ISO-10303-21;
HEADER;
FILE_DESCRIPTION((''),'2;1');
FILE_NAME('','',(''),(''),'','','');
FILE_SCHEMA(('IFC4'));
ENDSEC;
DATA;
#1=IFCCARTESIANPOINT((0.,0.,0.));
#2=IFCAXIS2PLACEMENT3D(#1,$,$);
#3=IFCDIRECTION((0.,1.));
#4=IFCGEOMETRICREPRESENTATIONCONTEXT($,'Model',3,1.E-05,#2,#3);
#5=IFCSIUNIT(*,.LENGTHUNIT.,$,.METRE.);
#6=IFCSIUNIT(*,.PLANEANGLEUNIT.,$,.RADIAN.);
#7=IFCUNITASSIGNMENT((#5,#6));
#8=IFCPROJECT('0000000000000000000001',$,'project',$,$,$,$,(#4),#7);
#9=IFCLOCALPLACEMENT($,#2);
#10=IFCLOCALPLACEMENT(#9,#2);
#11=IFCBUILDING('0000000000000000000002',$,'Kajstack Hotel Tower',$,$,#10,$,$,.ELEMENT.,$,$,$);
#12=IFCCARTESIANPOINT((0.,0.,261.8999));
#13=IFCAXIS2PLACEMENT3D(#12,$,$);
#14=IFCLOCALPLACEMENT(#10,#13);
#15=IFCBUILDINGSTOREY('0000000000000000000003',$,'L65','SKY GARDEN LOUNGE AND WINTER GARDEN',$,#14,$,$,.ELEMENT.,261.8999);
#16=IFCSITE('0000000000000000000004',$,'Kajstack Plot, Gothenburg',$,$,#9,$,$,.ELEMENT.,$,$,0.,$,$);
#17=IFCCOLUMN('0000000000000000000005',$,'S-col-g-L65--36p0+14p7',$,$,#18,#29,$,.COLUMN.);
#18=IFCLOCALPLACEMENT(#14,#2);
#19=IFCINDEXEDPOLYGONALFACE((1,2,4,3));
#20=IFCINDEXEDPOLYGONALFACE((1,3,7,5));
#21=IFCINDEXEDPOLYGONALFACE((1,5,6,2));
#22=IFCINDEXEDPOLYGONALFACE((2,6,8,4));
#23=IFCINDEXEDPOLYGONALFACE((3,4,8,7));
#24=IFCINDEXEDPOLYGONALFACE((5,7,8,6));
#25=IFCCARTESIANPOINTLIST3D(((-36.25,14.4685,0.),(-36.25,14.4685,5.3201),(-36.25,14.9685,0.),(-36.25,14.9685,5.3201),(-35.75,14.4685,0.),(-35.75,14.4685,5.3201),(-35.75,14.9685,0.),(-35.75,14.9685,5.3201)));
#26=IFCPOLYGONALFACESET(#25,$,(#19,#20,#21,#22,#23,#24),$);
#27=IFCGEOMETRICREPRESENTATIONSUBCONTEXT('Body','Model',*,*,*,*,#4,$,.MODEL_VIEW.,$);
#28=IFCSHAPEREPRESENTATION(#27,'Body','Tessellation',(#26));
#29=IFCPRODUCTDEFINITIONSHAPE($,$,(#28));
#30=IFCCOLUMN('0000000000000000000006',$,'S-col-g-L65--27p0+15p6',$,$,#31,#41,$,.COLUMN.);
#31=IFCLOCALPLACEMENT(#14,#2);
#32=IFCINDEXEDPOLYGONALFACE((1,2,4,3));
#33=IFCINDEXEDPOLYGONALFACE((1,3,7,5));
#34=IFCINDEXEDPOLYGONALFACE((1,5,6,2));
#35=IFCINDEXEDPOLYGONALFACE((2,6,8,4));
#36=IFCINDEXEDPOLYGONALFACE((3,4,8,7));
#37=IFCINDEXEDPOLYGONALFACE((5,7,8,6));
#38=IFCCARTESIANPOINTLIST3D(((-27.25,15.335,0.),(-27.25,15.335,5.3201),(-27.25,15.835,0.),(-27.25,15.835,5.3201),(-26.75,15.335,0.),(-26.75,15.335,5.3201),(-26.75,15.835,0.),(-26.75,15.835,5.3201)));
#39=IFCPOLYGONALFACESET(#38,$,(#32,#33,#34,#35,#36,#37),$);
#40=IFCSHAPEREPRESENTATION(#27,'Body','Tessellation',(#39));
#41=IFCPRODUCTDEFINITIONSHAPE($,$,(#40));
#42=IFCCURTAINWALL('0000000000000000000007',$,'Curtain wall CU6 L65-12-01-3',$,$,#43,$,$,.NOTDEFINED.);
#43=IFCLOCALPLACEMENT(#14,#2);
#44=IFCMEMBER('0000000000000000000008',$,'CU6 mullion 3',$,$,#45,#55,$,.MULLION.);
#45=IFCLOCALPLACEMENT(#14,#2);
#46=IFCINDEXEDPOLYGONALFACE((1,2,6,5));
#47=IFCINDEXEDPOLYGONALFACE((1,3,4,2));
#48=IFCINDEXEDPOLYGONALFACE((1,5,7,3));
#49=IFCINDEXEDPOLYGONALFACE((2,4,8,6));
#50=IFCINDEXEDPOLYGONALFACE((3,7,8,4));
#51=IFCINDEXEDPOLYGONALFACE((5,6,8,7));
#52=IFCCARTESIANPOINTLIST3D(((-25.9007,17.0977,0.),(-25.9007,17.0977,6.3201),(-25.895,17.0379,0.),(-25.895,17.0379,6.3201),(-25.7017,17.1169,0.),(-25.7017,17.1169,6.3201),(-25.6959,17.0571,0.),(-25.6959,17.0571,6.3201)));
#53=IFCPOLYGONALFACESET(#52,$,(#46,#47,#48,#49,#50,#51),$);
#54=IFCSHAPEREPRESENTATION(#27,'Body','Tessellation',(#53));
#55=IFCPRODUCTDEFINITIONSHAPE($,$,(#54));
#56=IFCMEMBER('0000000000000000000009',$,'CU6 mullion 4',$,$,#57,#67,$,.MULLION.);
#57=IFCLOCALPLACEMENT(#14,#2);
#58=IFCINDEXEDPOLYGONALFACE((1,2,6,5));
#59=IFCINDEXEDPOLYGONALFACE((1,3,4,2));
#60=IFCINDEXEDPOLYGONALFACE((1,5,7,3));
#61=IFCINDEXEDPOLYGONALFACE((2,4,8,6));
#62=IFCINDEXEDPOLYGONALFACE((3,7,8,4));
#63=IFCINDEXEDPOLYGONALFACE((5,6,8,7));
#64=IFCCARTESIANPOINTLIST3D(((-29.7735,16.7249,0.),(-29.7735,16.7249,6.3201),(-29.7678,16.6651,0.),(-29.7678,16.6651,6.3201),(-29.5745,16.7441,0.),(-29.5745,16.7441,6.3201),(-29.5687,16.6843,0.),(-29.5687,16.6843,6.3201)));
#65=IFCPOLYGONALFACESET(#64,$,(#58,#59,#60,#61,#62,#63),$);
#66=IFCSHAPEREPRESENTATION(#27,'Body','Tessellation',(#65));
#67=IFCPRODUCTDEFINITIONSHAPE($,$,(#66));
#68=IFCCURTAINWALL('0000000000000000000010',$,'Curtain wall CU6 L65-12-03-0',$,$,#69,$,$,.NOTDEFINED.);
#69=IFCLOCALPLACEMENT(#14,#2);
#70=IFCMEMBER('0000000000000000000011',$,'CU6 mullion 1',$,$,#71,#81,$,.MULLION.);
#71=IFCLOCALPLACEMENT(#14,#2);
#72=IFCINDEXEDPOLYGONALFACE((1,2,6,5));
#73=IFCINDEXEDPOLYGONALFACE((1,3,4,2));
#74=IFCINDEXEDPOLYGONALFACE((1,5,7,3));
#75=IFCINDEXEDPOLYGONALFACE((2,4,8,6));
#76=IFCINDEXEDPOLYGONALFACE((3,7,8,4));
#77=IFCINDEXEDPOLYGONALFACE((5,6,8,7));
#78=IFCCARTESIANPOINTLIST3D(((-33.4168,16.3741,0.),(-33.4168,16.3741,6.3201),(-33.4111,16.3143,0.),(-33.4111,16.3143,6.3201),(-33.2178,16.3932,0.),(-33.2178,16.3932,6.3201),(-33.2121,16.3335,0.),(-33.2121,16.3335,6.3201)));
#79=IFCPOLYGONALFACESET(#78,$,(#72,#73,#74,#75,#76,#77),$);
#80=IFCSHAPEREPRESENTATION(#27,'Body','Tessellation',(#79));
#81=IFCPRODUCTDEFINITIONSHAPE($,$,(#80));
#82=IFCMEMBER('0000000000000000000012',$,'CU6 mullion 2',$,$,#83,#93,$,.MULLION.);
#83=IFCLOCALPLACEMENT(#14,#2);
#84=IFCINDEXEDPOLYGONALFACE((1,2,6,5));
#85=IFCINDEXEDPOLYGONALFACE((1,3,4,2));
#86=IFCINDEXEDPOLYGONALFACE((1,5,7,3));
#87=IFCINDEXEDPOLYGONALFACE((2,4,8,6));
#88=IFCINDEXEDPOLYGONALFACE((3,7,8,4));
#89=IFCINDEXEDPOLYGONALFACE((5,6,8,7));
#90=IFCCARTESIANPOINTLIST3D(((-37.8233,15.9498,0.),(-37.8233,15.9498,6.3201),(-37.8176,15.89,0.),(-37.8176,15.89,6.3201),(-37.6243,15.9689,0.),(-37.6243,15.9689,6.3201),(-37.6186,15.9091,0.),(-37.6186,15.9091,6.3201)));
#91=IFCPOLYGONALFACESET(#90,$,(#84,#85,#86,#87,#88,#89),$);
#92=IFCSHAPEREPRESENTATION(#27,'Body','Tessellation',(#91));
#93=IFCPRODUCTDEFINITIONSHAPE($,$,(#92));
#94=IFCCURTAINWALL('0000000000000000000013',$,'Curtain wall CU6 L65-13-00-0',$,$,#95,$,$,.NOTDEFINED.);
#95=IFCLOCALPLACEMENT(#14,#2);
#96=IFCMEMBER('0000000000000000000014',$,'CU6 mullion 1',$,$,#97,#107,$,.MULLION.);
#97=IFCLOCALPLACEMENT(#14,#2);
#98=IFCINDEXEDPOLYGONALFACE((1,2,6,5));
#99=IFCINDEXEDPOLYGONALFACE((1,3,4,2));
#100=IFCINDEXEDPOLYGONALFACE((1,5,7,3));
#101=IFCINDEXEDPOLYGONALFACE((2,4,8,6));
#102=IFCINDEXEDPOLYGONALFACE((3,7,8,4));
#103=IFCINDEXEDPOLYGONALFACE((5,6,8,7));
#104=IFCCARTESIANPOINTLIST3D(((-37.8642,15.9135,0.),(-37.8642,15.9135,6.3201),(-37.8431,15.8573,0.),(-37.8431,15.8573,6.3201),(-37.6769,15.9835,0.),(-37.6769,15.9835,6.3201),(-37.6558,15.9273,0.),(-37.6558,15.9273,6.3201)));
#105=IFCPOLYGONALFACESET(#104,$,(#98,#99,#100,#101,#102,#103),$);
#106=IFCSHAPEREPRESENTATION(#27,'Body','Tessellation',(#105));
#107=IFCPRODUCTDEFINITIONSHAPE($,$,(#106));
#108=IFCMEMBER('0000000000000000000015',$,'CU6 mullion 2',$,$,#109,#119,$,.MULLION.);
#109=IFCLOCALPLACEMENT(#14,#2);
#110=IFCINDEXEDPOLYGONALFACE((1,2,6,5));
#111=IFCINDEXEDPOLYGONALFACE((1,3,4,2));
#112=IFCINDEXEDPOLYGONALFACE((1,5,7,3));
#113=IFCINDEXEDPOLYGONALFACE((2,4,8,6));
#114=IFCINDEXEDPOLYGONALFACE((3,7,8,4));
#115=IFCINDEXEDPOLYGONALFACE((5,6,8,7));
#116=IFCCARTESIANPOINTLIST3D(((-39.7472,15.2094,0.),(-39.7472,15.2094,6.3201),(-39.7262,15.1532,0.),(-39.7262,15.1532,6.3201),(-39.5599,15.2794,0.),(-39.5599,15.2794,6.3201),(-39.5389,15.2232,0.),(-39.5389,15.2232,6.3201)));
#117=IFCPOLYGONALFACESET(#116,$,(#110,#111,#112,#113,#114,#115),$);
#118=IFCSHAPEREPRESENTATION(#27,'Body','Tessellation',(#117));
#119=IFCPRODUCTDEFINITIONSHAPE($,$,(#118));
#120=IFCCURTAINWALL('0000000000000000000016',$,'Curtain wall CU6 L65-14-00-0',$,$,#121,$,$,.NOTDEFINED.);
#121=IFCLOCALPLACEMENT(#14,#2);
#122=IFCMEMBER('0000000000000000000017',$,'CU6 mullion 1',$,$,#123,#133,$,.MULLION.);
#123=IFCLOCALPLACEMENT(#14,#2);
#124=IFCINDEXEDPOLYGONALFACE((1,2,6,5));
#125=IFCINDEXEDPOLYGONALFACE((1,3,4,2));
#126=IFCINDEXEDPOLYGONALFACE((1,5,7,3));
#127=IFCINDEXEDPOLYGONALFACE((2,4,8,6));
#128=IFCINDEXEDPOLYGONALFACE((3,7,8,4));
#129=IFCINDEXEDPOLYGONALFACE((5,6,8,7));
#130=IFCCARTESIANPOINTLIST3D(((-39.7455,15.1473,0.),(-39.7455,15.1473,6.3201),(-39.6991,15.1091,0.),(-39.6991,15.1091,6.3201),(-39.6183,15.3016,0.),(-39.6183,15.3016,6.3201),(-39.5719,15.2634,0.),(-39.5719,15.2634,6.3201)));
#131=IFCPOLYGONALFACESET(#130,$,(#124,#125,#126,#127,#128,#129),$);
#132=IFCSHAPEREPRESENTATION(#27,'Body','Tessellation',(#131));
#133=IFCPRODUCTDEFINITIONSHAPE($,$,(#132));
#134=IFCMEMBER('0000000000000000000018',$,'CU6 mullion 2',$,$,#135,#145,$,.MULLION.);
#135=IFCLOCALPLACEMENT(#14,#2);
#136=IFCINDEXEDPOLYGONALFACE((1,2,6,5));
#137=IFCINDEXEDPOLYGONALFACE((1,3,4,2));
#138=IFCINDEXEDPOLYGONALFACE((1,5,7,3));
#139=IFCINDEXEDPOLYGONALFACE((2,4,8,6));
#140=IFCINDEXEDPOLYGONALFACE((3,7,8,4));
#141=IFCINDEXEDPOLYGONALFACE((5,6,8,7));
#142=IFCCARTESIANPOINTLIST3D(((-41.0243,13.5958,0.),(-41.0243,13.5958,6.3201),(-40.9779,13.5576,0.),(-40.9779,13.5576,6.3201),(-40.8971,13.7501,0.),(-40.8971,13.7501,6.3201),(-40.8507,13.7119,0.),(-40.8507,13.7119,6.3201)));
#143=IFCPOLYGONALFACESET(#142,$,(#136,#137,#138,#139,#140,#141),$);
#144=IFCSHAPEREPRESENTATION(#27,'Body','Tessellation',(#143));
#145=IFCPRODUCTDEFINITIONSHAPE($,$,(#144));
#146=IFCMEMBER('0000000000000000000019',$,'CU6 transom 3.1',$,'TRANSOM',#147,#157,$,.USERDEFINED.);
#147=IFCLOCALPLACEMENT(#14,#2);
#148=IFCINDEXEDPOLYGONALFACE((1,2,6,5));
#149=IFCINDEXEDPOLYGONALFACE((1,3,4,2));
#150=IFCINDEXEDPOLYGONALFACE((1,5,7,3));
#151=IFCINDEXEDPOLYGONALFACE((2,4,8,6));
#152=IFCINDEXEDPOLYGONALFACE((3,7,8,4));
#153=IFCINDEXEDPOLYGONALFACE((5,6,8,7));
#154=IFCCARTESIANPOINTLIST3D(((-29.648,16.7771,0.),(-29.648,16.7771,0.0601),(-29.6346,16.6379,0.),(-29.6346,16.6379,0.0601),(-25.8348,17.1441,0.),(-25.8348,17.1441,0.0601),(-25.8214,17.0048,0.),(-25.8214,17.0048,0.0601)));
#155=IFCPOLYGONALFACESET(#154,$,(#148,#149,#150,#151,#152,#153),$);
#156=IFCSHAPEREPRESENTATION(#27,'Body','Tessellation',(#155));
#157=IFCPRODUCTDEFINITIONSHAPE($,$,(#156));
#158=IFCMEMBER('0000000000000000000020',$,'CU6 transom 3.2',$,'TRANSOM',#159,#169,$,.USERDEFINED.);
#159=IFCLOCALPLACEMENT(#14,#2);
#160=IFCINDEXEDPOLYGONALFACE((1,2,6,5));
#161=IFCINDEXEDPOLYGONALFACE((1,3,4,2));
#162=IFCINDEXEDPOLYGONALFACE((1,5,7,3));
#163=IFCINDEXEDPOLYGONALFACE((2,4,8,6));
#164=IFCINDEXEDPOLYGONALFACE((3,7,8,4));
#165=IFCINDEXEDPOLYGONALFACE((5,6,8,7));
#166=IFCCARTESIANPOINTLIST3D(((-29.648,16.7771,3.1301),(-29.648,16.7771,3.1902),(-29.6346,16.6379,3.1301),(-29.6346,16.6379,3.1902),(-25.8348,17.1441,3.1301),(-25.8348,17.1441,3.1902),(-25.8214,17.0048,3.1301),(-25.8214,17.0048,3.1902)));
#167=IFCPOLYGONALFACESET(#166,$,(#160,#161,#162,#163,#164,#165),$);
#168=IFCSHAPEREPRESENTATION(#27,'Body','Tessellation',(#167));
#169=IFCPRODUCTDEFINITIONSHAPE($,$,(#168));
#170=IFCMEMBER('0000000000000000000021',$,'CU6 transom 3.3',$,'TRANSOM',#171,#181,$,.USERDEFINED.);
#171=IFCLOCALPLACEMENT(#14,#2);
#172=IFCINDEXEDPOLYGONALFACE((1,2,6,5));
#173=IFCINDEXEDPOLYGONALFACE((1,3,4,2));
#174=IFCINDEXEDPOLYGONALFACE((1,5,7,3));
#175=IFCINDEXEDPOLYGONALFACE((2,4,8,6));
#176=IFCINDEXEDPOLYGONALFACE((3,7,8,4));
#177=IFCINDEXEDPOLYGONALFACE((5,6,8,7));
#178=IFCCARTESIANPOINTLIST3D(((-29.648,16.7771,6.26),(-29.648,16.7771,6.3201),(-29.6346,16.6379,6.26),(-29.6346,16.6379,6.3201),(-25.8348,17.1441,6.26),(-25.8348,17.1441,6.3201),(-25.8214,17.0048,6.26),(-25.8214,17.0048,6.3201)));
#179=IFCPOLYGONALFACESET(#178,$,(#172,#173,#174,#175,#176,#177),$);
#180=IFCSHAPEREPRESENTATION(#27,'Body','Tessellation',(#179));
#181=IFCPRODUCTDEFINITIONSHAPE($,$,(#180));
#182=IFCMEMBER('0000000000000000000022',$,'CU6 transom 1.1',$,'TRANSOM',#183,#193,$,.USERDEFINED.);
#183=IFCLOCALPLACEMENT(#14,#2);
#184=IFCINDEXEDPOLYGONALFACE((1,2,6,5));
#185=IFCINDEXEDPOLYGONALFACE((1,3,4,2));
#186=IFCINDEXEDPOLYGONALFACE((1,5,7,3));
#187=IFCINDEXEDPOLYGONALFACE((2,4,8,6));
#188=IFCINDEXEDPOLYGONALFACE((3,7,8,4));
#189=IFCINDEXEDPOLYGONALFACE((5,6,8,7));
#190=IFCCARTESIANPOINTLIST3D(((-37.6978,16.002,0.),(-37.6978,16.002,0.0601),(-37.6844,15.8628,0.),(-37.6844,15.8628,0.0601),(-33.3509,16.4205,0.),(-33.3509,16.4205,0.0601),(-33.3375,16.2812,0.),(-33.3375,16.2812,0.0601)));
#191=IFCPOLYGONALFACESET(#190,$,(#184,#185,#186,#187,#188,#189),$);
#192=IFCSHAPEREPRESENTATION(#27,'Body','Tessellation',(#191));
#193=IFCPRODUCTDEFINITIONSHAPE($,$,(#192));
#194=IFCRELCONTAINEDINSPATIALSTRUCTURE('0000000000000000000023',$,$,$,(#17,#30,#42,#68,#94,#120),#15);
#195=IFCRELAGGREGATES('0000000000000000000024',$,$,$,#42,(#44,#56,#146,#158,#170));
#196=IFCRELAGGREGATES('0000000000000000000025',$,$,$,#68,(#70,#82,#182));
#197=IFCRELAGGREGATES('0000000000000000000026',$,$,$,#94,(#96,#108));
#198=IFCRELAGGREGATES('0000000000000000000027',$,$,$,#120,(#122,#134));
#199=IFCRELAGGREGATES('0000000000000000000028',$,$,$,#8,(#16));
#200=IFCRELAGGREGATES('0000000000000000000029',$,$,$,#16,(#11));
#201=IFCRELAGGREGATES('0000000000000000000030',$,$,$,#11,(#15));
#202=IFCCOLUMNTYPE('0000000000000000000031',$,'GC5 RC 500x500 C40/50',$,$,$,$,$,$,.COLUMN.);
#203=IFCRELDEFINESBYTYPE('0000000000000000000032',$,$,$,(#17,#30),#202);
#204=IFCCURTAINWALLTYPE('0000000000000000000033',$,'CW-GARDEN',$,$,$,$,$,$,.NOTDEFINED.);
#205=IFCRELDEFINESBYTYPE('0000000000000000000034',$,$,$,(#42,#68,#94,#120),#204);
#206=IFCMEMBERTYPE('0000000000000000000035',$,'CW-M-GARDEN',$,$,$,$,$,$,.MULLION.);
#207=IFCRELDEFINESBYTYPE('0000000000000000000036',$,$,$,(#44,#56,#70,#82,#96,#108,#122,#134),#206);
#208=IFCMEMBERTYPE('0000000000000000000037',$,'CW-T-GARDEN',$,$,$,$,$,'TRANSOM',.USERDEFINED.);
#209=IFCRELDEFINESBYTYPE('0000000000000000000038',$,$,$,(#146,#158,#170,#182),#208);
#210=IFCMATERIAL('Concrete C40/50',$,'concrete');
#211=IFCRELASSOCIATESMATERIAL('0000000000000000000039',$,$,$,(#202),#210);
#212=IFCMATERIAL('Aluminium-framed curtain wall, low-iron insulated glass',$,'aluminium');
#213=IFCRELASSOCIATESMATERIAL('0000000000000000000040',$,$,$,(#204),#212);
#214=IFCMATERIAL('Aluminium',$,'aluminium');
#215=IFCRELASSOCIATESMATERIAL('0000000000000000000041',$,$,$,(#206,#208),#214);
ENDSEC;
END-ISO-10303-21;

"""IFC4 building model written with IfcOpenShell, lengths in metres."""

from ifc_helpers import new_model, si_unit, direction, frame, origin, origin_2d, place, context, subcontext, project, spatial, rectangle, extrude, material, material_profile, profile_set, type_object, element, aggregate, save


model = new_model("IFC4")

# Units and contexts
model_context = context("Model", 3, precision=1e-05, world=origin(), true_north=direction((0.0, 1.0)))
body_context = subcontext(model_context, "Body", "Model", "MODEL_VIEW")
ifc_project = project(units=[si_unit("LENGTHUNIT", "METRE"), si_unit("PLANEANGLEUNIT", "RADIAN")], contexts=[model_context])

# Site, building, storey
site_placement = place(None, origin())
site = spatial("IfcSite", under=ifc_project, at=site_placement, Name="Kajstack Plot, Gothenburg", CompositionType="ELEMENT", RefElevation=0.0)
building_placement = place(site_placement, origin())
building = spatial("IfcBuilding", under=site, at=building_placement, Name="Kajstack Hotel Tower", CompositionType="ELEMENT")
storey_placement = place(building_placement, frame((0.0, 0.0, 261.8999)))
storey = spatial("IfcBuildingStorey", under=building, at=storey_placement, Name="L65", Description="SKY GARDEN LOUNGE AND WINTER GARDEN", CompositionType="ELEMENT", Elevation=261.8999)

# Columns
ifc_material_1 = material(Name="Concrete C40/50", Category="concrete")
ifc_material_profile_1 = material_profile(ifc_material_1, rectangle(XDim=0.5, YDim=0.5, at=origin_2d()), Name="RC 500x500")
ifc_profile_set_1 = profile_set([ifc_material_profile_1], Name="Concrete C40/50")
column_type = type_object("IfcColumnType", Name="GC5 RC 500x500 C40/50", PredefinedType="COLUMN", material=ifc_profile_set_1)
for number, where, z_axis, x_axis, name in (
    (1, (-36.0, 14.7185, 0.0), (0.0, 0.0, 1.0), (1.0, 0.0, 0.0), "S-col-g-L65--36p0+14p7"),
    (2, (-27.0, 15.585, 0.0), (0.0, 0.0, 1.0), (1.0, 0.0, 0.0), "S-col-g-L65--27p0+15p6"),
):
    element("IfcColumn", number, at=place(storey_placement, frame(where, z_axis=z_axis, x_axis=x_axis)), inside=storey, type_object=column_type, Name=name, PredefinedType="COLUMN", context=body_context, shape_type="SweptSolid", body=[
        extrude(rectangle(XDim=0.5, YDim=0.5, at=origin_2d()), origin(), (0.0, 0.0, 1.0), 5.3201),
    ])

# Curtain walls, members
ifc_material_2 = material(Name="Aluminium-framed curtain wall, low-iron insulated glass", Category="aluminium")
curtain_wall_type = type_object("IfcCurtainWallType", Name="CW-GARDEN", PredefinedType="NOTDEFINED", material=ifc_material_2)
curtain_wall_1_placement = place(storey_placement, origin())
curtain_wall_1 = element("IfcCurtainWall", 3, at=curtain_wall_1_placement, inside=storey, type_object=curtain_wall_type, Name="Curtain wall CU6 L65-12-01-3", PredefinedType="NOTDEFINED")
ifc_material_3 = material(Name="Aluminium", Category="aluminium")
ifc_material_profile_2 = material_profile(ifc_material_3, rectangle(XDim=0.0601, YDim=0.2, at=origin_2d()), Name="Aluminium mullion 60 x 200")
ifc_profile_set_2 = profile_set([ifc_material_profile_2], Name="Aluminium")
member_type_1 = type_object("IfcMemberType", Name="CW-M-GARDEN", PredefinedType="MULLION", material=ifc_profile_set_2)
member_1_placement = place(storey_placement, frame((-25.7983, 17.0774, 0.0), z_axis=(0.0, 0.0, 1.0), x_axis=(0.095846, -0.995396, 0.0)))
member_1 = element("IfcMember", 4, at=member_1_placement, type_object=member_type_1, Name="CU6 mullion 3", PredefinedType="MULLION", context=body_context, shape_type="SweptSolid", body=[
    extrude(rectangle(XDim=0.0601, YDim=0.2, at=origin_2d()), origin(), (0.0, 0.0, 1.0), 6.3201),
])
member_2_placement = place(storey_placement, frame((-29.6711, 16.7046, 0.0), z_axis=(0.0, 0.0, 1.0), x_axis=(0.095846, -0.995396, 0.0)))
member_2 = element("IfcMember", 5, at=member_2_placement, type_object=member_type_1, Name="CU6 mullion 4", PredefinedType="MULLION", context=body_context, shape_type="SweptSolid", body=[
    extrude(rectangle(XDim=0.0601, YDim=0.2, at=origin_2d()), origin(), (0.0, 0.0, 1.0), 6.3201),
])
curtain_wall_2_placement = place(storey_placement, origin())
curtain_wall_2 = element("IfcCurtainWall", 6, at=curtain_wall_2_placement, inside=storey, type_object=curtain_wall_type, Name="Curtain wall CU6 L65-12-03-0", PredefinedType="NOTDEFINED")
member_3_placement = place(storey_placement, frame((-33.3145, 16.3538, 0.0), z_axis=(0.0, 0.0, 1.0), x_axis=(0.095846, -0.995396, 0.0)))
member_3 = element("IfcMember", 7, at=member_3_placement, type_object=member_type_1, Name="CU6 mullion 1", PredefinedType="MULLION", context=body_context, shape_type="SweptSolid", body=[
    extrude(rectangle(XDim=0.0601, YDim=0.2, at=origin_2d()), origin(), (0.0, 0.0, 1.0), 6.3201),
])
member_4_placement = place(storey_placement, frame((-37.7209, 15.9294, 0.0), z_axis=(0.0, 0.0, 1.0), x_axis=(0.095846, -0.995396, 0.0)))
member_4 = element("IfcMember", 8, at=member_4_placement, type_object=member_type_1, Name="CU6 mullion 2", PredefinedType="MULLION", context=body_context, shape_type="SweptSolid", body=[
    extrude(rectangle(XDim=0.0601, YDim=0.2, at=origin_2d()), origin(), (0.0, 0.0, 1.0), 6.3201),
])
curtain_wall_3_placement = place(storey_placement, origin())
curtain_wall_3 = element("IfcCurtainWall", 9, at=curtain_wall_3_placement, inside=storey, type_object=curtain_wall_type, Name="Curtain wall CU6 L65-13-00-0", PredefinedType="NOTDEFINED")
member_5_placement = place(storey_placement, frame((-37.76, 15.9204, 0.0), z_axis=(0.0, 0.0, 1.0), x_axis=(0.350202, -0.936674, 0.0)))
member_5 = element("IfcMember", 10, at=member_5_placement, type_object=member_type_1, Name="CU6 mullion 1", PredefinedType="MULLION", context=body_context, shape_type="SweptSolid", body=[
    extrude(rectangle(XDim=0.0601, YDim=0.2, at=origin_2d()), origin(), (0.0, 0.0, 1.0), 6.3201),
])
member_6_placement = place(storey_placement, frame((-39.6431, 15.2163, 0.0), z_axis=(0.0, 0.0, 1.0), x_axis=(0.350202, -0.936674, 0.0)))
member_6 = element("IfcMember", 11, at=member_6_placement, type_object=member_type_1, Name="CU6 mullion 2", PredefinedType="MULLION", context=body_context, shape_type="SweptSolid", body=[
    extrude(rectangle(XDim=0.0601, YDim=0.2, at=origin_2d()), origin(), (0.0, 0.0, 1.0), 6.3201),
])
curtain_wall_4_placement = place(storey_placement, origin())
curtain_wall_4 = element("IfcCurtainWall", 12, at=curtain_wall_4_placement, inside=storey, type_object=curtain_wall_type, Name="Curtain wall CU6 L65-14-00-0", PredefinedType="NOTDEFINED")
member_7_placement = place(storey_placement, frame((-39.6587, 15.2053, 0.0), z_axis=(0.0, 0.0, 1.0), x_axis=(0.771635, -0.636066, 0.0)))
member_7 = element("IfcMember", 13, at=member_7_placement, type_object=member_type_1, Name="CU6 mullion 1", PredefinedType="MULLION", context=body_context, shape_type="SweptSolid", body=[
    extrude(rectangle(XDim=0.0601, YDim=0.2, at=origin_2d()), origin(), (0.0, 0.0, 1.0), 6.3201),
])
member_8_placement = place(storey_placement, frame((-40.9375, 13.6538, 0.0), z_axis=(0.0, 0.0, 1.0), x_axis=(0.771635, -0.636066, 0.0)))
member_8 = element("IfcMember", 14, at=member_8_placement, type_object=member_type_1, Name="CU6 mullion 2", PredefinedType="MULLION", context=body_context, shape_type="SweptSolid", body=[
    extrude(rectangle(XDim=0.0601, YDim=0.2, at=origin_2d()), origin(), (0.0, 0.0, 1.0), 6.3201),
])

# Members
ifc_material_profile_3 = material_profile(ifc_material_3, rectangle(XDim=0.1399, YDim=0.0601, at=origin_2d()), Name="Aluminium transom 140 x 60")
ifc_profile_set_3 = profile_set([ifc_material_profile_3], Name="Aluminium")
member_type_2 = type_object("IfcMemberType", Name="CW-T-GARDEN", ElementType="TRANSOM", PredefinedType="USERDEFINED", material=ifc_profile_set_3)
member_9_placement = place(storey_placement, frame((-25.8281, 17.0745, 0.03), z_axis=(-0.995402, -0.095786, 0.0), x_axis=(0.095786, -0.995402, 0.0)))
member_9 = element("IfcMember", 15, at=member_9_placement, type_object=member_type_2, Name="CU6 transom 3.1", ObjectType="TRANSOM", PredefinedType="USERDEFINED", context=body_context, shape_type="SweptSolid", body=[
    extrude(rectangle(XDim=0.1399, YDim=0.0601, at=origin_2d()), origin(), (0.0, 0.0, 1.0), 3.8308),
])
member_10_placement = place(storey_placement, frame((-25.8281, 17.0745, 3.1602), z_axis=(-0.995402, -0.095786, 0.0), x_axis=(0.095786, -0.995402, 0.0)))
member_10 = element("IfcMember", 16, at=member_10_placement, type_object=member_type_2, Name="CU6 transom 3.2", ObjectType="TRANSOM", PredefinedType="USERDEFINED", context=body_context, shape_type="SweptSolid", body=[
    extrude(rectangle(XDim=0.1399, YDim=0.0601, at=origin_2d()), origin(), (0.0, 0.0, 1.0), 3.8308),
])
member_11_placement = place(storey_placement, frame((-25.8281, 17.0745, 6.29), z_axis=(-0.995402, -0.095786, 0.0), x_axis=(0.095786, -0.995402, 0.0)))
member_11 = element("IfcMember", 17, at=member_11_placement, type_object=member_type_2, Name="CU6 transom 3.3", ObjectType="TRANSOM", PredefinedType="USERDEFINED", context=body_context, shape_type="SweptSolid", body=[
    extrude(rectangle(XDim=0.1399, YDim=0.0601, at=origin_2d()), origin(), (0.0, 0.0, 1.0), 3.8308),
])
member_12_placement = place(storey_placement, frame((-33.3442, 16.3508, 0.03), z_axis=(-0.995398, -0.095822, 0.0), x_axis=(0.095822, -0.995398, 0.0)))
member_12 = element("IfcMember", 18, at=member_12_placement, type_object=member_type_2, Name="CU6 transom 1.1", ObjectType="TRANSOM", PredefinedType="USERDEFINED", context=body_context, shape_type="SweptSolid", body=[
    extrude(rectangle(XDim=0.1399, YDim=0.0601, at=origin_2d()), origin(), (0.0, 0.0, 1.0), 4.3669),
])

aggregate(curtain_wall_1, [member_1, member_2, member_9, member_10, member_11])
aggregate(curtain_wall_2, [member_3, member_4, member_12])
aggregate(curtain_wall_3, [member_5, member_6])
aggregate(curtain_wall_4, [member_7, member_8])

save(model, "model.ifc")
